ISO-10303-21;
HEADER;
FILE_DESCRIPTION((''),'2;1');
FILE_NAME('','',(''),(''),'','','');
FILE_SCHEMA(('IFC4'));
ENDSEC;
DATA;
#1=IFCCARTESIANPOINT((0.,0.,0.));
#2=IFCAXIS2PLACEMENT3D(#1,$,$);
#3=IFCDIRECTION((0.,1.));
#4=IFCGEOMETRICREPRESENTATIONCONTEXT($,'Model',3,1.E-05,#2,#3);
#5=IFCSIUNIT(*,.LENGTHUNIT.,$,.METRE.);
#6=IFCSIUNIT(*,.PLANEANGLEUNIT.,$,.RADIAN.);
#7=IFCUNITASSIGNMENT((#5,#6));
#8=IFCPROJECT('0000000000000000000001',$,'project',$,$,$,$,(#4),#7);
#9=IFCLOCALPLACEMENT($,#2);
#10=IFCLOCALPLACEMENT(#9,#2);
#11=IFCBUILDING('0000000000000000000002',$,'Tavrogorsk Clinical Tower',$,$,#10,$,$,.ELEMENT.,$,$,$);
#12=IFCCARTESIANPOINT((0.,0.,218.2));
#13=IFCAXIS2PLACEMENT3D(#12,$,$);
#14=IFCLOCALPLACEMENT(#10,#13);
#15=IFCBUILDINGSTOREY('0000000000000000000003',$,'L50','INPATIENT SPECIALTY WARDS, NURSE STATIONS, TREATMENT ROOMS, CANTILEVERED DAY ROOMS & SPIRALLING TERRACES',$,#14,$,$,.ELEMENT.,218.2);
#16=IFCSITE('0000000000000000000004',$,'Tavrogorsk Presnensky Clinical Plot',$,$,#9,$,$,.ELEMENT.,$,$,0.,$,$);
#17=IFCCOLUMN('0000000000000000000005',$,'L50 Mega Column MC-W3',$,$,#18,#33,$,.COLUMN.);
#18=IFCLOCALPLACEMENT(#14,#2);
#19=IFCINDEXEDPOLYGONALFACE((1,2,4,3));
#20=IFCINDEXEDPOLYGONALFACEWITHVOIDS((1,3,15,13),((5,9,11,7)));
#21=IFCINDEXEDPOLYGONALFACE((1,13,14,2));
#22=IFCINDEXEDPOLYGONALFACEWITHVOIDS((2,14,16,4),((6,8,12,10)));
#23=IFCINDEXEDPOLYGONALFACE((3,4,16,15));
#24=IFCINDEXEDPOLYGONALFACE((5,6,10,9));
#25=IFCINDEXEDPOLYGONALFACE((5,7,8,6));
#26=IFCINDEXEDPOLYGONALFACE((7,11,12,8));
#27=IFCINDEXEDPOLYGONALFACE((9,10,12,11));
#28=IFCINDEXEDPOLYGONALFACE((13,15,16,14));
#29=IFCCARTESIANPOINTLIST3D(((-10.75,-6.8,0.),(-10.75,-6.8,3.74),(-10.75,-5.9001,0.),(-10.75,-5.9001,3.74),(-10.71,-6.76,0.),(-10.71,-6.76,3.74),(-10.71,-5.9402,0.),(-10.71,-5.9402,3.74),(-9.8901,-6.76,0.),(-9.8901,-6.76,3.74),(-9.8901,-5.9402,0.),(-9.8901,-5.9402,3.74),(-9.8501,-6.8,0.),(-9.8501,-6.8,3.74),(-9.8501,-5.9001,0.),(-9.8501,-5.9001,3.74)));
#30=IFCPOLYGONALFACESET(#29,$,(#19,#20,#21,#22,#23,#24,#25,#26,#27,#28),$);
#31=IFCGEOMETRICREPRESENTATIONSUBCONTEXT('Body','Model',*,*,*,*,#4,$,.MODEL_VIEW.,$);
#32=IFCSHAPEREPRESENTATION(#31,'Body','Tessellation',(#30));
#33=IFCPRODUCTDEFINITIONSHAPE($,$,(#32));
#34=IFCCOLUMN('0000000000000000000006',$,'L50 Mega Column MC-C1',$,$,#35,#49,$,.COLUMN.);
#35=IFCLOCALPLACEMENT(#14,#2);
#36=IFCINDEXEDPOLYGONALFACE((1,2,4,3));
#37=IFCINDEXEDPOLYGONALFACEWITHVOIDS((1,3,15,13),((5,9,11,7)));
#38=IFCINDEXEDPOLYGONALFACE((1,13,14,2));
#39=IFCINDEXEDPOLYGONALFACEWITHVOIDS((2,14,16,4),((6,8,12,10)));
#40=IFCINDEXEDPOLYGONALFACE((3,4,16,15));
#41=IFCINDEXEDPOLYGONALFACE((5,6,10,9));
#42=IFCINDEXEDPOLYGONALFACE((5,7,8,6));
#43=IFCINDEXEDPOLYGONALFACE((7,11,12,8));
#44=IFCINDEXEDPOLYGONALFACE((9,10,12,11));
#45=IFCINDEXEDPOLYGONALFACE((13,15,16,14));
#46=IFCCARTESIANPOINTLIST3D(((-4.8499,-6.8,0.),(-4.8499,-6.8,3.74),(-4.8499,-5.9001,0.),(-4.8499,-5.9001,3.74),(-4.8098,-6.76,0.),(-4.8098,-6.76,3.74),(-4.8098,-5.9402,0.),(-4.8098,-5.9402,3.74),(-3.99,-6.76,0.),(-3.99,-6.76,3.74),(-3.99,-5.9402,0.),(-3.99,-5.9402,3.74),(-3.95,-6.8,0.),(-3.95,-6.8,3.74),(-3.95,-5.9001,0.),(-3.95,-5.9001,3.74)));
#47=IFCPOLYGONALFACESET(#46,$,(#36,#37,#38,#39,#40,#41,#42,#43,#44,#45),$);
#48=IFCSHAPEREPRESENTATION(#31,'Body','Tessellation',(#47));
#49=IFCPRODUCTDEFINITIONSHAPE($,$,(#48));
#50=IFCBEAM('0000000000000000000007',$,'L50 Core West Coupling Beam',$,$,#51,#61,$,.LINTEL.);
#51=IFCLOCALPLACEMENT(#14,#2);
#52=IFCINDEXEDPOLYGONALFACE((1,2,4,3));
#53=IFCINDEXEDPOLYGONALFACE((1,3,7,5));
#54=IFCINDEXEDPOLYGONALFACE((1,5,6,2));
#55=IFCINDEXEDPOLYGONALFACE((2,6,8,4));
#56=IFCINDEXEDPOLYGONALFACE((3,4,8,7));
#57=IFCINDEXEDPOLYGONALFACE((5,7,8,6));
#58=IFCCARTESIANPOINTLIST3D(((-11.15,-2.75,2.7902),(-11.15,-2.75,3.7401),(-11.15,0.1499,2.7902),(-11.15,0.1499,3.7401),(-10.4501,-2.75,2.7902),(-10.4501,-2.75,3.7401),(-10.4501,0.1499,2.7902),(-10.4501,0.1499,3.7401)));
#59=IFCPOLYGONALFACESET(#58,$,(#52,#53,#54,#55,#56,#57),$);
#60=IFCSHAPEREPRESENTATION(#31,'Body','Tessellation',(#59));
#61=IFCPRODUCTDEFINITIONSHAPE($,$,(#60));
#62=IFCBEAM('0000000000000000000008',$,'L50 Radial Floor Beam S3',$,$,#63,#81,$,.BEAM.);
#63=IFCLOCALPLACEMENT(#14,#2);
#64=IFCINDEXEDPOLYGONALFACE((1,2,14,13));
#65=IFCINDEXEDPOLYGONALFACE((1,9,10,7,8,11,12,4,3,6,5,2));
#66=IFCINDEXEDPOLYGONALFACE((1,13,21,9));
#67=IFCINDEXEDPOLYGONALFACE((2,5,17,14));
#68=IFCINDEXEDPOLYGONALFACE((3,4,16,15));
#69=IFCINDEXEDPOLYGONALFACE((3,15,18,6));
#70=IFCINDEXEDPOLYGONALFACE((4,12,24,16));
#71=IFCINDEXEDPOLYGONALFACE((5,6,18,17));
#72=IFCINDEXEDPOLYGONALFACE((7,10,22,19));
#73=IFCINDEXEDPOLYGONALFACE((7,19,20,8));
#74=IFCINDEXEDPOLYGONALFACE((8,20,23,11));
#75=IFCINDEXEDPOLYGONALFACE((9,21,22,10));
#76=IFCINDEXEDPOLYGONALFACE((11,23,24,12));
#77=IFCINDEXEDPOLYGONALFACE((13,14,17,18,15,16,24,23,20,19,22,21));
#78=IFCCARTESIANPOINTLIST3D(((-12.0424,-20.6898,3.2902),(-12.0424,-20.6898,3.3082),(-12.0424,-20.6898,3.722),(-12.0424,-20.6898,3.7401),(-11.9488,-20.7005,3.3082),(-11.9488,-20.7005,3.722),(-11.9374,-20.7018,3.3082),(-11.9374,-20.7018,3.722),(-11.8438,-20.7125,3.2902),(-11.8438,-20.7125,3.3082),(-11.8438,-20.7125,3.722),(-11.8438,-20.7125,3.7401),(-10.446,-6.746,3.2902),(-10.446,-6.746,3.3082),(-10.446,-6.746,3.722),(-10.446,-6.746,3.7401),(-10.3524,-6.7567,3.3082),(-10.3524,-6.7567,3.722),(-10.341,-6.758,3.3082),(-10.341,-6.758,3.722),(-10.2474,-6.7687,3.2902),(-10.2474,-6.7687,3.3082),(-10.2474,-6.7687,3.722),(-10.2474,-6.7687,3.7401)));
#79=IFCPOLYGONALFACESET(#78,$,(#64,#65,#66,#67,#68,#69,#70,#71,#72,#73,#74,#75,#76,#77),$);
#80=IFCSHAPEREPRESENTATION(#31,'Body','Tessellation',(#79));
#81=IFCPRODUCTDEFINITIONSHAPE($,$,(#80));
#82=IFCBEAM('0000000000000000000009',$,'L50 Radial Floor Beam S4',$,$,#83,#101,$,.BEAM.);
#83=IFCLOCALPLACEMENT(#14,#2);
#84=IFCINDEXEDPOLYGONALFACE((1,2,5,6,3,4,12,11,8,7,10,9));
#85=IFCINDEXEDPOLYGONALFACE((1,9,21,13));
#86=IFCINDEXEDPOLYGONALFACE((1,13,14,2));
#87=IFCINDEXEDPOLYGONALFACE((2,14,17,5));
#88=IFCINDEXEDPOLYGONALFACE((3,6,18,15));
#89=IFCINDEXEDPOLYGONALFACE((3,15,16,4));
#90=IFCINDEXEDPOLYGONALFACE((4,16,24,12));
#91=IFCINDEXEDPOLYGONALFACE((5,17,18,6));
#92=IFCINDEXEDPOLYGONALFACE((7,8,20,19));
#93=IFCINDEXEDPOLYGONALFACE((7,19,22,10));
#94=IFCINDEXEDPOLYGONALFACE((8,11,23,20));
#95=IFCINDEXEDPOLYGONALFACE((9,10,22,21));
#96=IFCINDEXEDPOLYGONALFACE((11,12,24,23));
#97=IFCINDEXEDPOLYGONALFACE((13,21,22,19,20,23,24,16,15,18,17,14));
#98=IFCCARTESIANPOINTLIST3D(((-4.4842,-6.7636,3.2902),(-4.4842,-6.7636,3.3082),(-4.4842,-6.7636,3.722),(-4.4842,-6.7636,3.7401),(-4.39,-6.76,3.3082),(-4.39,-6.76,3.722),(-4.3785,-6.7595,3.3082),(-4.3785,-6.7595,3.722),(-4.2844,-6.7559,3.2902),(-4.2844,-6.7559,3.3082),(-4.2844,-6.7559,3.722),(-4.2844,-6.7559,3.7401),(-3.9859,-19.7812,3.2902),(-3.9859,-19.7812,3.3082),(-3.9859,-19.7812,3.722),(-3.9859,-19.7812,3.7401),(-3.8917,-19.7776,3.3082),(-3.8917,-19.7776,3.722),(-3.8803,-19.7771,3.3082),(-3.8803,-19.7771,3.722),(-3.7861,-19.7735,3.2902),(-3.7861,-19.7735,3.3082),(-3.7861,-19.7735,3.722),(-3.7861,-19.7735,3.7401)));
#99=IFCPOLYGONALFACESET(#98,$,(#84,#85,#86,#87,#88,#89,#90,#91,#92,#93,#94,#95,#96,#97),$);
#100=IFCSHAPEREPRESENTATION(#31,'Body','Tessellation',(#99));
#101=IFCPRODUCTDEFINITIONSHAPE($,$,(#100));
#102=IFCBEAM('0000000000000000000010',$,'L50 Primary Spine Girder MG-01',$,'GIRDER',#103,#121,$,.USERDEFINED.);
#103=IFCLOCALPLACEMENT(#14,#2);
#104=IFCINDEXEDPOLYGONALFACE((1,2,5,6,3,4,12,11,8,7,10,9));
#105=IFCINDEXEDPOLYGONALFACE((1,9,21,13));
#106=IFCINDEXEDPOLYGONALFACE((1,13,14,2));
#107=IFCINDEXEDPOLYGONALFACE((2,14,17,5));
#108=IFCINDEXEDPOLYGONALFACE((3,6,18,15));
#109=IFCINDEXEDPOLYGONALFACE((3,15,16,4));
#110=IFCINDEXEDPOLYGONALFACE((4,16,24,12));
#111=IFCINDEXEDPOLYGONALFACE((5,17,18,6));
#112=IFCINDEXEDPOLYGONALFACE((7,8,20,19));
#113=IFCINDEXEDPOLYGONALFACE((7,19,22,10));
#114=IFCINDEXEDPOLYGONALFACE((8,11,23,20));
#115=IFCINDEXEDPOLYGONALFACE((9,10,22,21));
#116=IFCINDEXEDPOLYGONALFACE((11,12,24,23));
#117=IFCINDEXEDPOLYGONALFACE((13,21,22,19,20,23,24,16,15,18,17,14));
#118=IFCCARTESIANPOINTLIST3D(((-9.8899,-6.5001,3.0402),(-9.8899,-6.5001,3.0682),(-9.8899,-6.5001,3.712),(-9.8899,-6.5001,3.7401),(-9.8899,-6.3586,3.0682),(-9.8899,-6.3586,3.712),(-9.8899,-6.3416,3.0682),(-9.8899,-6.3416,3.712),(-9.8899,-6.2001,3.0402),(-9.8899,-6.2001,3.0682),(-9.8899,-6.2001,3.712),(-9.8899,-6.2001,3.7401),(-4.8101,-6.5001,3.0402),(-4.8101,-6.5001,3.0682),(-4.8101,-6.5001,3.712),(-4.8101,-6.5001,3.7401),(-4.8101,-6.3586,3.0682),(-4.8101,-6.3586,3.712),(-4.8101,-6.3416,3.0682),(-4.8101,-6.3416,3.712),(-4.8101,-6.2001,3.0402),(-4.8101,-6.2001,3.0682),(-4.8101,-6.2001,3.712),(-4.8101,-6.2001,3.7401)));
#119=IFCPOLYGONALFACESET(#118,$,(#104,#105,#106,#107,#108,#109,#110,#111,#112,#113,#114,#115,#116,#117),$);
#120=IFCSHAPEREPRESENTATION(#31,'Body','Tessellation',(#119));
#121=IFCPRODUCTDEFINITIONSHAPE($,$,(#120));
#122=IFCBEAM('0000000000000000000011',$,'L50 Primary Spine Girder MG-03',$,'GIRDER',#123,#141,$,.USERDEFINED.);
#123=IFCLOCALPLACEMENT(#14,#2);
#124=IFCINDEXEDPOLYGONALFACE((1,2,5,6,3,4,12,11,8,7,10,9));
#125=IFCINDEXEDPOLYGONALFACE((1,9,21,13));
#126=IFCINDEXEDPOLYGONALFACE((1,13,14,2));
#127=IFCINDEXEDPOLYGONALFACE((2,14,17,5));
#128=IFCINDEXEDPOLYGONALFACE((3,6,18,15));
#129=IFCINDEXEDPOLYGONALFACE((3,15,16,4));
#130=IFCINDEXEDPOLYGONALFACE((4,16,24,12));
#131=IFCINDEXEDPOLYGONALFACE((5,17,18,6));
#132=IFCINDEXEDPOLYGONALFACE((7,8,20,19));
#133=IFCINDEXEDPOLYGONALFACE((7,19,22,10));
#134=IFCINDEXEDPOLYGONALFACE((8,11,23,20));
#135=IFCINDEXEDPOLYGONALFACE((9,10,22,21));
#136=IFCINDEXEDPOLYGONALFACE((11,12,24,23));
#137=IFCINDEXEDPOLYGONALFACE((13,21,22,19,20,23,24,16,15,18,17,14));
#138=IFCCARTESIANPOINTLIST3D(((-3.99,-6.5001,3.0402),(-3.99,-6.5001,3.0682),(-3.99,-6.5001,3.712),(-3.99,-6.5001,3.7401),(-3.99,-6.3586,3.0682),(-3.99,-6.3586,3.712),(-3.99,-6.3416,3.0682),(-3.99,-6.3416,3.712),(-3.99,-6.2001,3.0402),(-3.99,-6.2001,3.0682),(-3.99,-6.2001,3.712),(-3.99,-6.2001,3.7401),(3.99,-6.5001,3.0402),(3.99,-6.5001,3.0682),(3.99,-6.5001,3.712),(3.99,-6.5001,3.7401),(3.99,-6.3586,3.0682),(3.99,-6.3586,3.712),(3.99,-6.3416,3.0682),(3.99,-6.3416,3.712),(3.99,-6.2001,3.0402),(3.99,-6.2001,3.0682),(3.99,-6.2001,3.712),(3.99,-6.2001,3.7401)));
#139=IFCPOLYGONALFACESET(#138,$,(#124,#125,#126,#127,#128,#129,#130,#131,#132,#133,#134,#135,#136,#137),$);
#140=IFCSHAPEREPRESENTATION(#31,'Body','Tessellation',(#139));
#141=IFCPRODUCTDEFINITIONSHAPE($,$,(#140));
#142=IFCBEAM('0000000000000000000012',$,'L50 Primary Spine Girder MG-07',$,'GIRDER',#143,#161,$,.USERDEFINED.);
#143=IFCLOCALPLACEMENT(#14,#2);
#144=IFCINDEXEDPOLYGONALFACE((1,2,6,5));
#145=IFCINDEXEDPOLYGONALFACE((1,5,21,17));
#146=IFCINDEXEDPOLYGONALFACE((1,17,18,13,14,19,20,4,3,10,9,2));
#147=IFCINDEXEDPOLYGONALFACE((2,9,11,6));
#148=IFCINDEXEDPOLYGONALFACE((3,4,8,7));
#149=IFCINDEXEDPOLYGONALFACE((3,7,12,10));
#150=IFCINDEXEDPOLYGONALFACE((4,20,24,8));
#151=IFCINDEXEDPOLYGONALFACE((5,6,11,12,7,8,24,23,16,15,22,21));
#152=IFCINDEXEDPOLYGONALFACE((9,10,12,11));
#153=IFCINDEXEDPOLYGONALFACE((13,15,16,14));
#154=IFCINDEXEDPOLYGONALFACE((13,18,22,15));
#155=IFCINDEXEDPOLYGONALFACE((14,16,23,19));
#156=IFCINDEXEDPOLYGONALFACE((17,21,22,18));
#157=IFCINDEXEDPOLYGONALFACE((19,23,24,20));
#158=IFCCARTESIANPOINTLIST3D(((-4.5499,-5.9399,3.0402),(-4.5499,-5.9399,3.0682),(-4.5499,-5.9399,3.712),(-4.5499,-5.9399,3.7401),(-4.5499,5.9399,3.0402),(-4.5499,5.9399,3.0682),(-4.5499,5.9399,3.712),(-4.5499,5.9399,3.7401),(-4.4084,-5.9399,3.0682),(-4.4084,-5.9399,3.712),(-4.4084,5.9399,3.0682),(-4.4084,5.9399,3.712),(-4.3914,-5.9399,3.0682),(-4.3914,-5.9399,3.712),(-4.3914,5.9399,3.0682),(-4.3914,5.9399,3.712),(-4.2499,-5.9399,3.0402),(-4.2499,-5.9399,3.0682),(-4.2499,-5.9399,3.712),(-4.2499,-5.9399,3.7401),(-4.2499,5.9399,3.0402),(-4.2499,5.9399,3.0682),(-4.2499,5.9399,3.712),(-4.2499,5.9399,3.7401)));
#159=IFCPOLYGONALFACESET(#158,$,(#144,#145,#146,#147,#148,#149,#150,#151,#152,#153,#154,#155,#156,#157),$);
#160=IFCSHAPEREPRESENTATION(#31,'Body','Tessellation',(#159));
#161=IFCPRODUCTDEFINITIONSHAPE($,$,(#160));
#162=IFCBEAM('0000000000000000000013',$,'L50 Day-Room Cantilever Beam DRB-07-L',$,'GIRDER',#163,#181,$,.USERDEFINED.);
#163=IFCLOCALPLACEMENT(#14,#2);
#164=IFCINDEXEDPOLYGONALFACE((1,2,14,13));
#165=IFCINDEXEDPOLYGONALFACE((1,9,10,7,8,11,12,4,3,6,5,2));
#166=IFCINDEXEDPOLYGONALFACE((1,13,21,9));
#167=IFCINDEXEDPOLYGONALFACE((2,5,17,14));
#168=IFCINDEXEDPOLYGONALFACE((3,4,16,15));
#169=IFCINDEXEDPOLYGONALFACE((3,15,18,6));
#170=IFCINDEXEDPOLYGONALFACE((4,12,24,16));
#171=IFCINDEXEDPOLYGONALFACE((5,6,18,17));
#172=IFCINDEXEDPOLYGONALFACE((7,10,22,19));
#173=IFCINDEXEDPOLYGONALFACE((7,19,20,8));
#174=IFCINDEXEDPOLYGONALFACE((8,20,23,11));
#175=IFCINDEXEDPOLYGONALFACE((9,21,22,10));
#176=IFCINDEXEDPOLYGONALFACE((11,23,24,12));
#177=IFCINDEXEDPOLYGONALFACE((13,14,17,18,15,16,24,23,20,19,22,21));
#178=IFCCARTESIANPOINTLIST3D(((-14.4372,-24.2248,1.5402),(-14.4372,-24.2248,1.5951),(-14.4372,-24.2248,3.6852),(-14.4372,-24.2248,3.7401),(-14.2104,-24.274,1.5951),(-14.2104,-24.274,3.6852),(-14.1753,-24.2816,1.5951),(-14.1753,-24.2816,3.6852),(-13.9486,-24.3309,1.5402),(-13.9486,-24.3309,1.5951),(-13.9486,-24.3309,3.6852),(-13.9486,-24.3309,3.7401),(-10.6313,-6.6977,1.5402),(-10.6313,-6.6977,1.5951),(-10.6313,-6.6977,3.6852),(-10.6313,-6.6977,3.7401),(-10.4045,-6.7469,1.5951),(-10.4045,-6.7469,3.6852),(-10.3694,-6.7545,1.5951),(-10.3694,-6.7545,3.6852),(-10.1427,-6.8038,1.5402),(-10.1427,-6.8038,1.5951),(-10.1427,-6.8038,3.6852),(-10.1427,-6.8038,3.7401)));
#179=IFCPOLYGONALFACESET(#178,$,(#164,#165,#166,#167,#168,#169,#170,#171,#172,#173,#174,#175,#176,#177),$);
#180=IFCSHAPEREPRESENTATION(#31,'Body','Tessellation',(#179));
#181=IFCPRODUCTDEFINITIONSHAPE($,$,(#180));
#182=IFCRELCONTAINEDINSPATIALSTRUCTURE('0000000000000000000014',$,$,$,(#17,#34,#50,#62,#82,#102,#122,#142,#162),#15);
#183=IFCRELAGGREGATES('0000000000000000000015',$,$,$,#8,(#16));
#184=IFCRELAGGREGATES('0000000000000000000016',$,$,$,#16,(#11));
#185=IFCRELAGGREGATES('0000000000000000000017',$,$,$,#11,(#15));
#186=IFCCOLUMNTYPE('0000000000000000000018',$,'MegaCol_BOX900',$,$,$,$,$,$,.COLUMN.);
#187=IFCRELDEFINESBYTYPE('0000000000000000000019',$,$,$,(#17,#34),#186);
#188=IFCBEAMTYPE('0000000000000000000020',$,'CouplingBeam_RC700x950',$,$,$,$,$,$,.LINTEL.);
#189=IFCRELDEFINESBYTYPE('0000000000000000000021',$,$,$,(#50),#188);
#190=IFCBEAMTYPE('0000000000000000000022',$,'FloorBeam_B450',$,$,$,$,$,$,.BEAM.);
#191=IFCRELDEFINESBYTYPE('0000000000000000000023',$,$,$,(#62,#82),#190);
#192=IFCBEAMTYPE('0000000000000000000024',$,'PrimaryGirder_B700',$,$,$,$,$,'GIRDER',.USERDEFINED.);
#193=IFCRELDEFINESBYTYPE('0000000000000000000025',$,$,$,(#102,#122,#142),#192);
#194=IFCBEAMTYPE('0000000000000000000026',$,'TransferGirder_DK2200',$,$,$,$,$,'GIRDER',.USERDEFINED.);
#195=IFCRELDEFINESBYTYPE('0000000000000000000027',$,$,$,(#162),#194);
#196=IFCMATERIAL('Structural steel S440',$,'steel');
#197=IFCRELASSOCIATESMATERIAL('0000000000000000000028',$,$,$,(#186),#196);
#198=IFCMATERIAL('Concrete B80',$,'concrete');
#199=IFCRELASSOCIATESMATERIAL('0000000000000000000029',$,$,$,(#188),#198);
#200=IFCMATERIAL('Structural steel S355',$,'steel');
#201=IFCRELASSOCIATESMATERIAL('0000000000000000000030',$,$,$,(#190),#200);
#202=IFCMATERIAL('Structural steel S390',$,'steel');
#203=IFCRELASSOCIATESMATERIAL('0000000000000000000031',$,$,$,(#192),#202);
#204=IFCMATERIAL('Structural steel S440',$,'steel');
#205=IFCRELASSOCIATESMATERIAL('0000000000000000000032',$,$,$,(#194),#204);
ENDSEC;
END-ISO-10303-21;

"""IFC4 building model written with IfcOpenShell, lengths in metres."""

from ifc_helpers import new_model, si_unit, direction, frame, origin, origin_2d, place, context, subcontext, project, spatial, rectangle, hollow_rectangle, i_section, extrude, material, material_profile, profile_set, type_object, element, save


model = new_model("IFC4")

# Units and contexts
model_context = context("Model", 3, precision=1e-05, world=origin(), true_north=direction((0.0, 1.0)))
body_context = subcontext(model_context, "Body", "Model", "MODEL_VIEW")
ifc_project = project(units=[si_unit("LENGTHUNIT", "METRE"), si_unit("PLANEANGLEUNIT", "RADIAN")], contexts=[model_context])

# Site, building, storey
site_placement = place(None, origin())
site = spatial("IfcSite", under=ifc_project, at=site_placement, Name="Tavrogorsk Presnensky Clinical Plot", CompositionType="ELEMENT", RefElevation=0.0)
building_placement = place(site_placement, origin())
building = spatial("IfcBuilding", under=site, at=building_placement, Name="Tavrogorsk Clinical Tower", CompositionType="ELEMENT")
storey_placement = place(building_placement, frame((0.0, 0.0, 218.2)))
storey = spatial("IfcBuildingStorey", under=building, at=storey_placement, Name="L50", Description="INPATIENT SPECIALTY WARDS, NURSE STATIONS, TREATMENT ROOMS, CANTILEVERED DAY ROOMS & SPIRALLING TERRACES", CompositionType="ELEMENT", Elevation=218.2)

# Columns
ifc_material_1 = material(Name="Structural steel S440", Category="steel")
ifc_material_profile_1 = material_profile(ifc_material_1, hollow_rectangle(XDim=0.8999, YDim=0.8999, WallThickness=0.04, at=origin_2d()), Name="BOX-900x900x40")
ifc_profile_set_1 = profile_set([ifc_material_profile_1], Name="Structural steel S440")
column_type = type_object("IfcColumnType", Name="MegaCol_BOX900", PredefinedType="COLUMN", material=ifc_profile_set_1)
for number, where, z_axis, x_axis, name in (
    (1, (-10.3, -6.3501, 0.0), (0.0, 0.0, 1.0), (1.0, 0.0, 0.0), "L50 Mega Column MC-W3"),
    (2, (-4.3999, -6.3501, 0.0), (0.0, 0.0, 1.0), (1.0, 0.0, 0.0), "L50 Mega Column MC-C1"),
):
    element("IfcColumn", number, at=place(storey_placement, frame(where, z_axis=z_axis, x_axis=x_axis)), inside=storey, type_object=column_type, Name=name, PredefinedType="COLUMN", context=body_context, shape_type="SweptSolid", body=[
        extrude(hollow_rectangle(XDim=0.8999, YDim=0.8999, WallThickness=0.04, at=origin_2d()), origin(), (0.0, 0.0, 1.0), 3.74),
    ])

# Beams
ifc_material_2 = material(Name="Concrete B80", Category="concrete")
ifc_material_profile_2 = material_profile(ifc_material_2, rectangle(XDim=0.7, YDim=0.95, at=origin_2d()), Name="RC-CB-700x950")
ifc_profile_set_2 = profile_set([ifc_material_profile_2], Name="Concrete B80")
beam_type_1 = type_object("IfcBeamType", Name="CouplingBeam_RC700x950", PredefinedType="LINTEL", material=ifc_profile_set_2)
beam_1_placement = place(storey_placement, frame((-10.8, -2.75, 3.2651), z_axis=(0.0, 1.0, 0.0), x_axis=(-1.0, 0.0, 0.0)))
element("IfcBeam", 3, at=beam_1_placement, inside=storey, type_object=beam_type_1, Name="L50 Core West Coupling Beam", PredefinedType="LINTEL", context=body_context, shape_type="SweptSolid", body=[
    extrude(rectangle(XDim=0.7, YDim=0.95, at=origin_2d()), origin(), (0.0, 0.0, 1.0), 2.8999),
])
ifc_material_3 = material(Name="Structural steel S355", Category="steel")
ifc_material_profile_3 = material_profile(ifc_material_3, i_section(OverallWidth=0.2, OverallDepth=0.45, WebThickness=0.0115, FlangeThickness=0.0181, at=origin_2d()), Name="B-450x200x11.5x18")
ifc_profile_set_3 = profile_set([ifc_material_profile_3], Name="Structural steel S355")
beam_type_2 = type_object("IfcBeamType", Name="FloorBeam_B450", PredefinedType="BEAM", material=ifc_profile_set_3)
beam_2_placement = place(storey_placement, frame((-10.3467, -6.7573, 3.5151), z_axis=(-0.113747, -0.99351, 0.0), x_axis=(0.99351, -0.113747, 0.0)))
element("IfcBeam", 4, at=beam_2_placement, inside=storey, type_object=beam_type_2, Name="L50 Radial Floor Beam S3", PredefinedType="BEAM", context=body_context, shape_type="SweptSolid", body=[
    extrude(i_section(OverallWidth=0.2, OverallDepth=0.45, WebThickness=0.0115, FlangeThickness=0.0181, at=origin_2d()), origin(), (0.0, 0.0, 1.0), 14.0349),
])
beam_3_placement = place(storey_placement, frame((-4.3843, -6.7598, 3.5151), z_axis=(0.03825, -0.999268, 0.0), x_axis=(0.999268, 0.03825, 0.0)))
element("IfcBeam", 5, at=beam_3_placement, inside=storey, type_object=beam_type_2, Name="L50 Radial Floor Beam S4", PredefinedType="BEAM", context=body_context, shape_type="SweptSolid", body=[
    extrude(i_section(OverallWidth=0.2, OverallDepth=0.45, WebThickness=0.0115, FlangeThickness=0.0181, at=origin_2d()), origin(), (0.0, 0.0, 1.0), 13.0271),
])
ifc_material_4 = material(Name="Structural steel S390", Category="steel")
ifc_material_profile_4 = material_profile(ifc_material_4, i_section(OverallWidth=0.3, OverallDepth=0.7, WebThickness=0.0171, FlangeThickness=0.0281, at=origin_2d()), Name="B-700x300x17x28")
ifc_profile_set_4 = profile_set([ifc_material_profile_4], Name="Structural steel S390")
beam_type_3 = type_object("IfcBeamType", Name="PrimaryGirder_B700", ElementType="GIRDER", PredefinedType="USERDEFINED", material=ifc_profile_set_4)
beam_4_placement = place(storey_placement, frame((-9.8899, -6.3501, 3.3901), z_axis=(1.0, 0.0, 0.0), x_axis=(0.0, 1.0, 0.0)))
element("IfcBeam", 6, at=beam_4_placement, inside=storey, type_object=beam_type_3, Name="L50 Primary Spine Girder MG-01", ObjectType="GIRDER", PredefinedType="USERDEFINED", context=body_context, shape_type="SweptSolid", body=[
    extrude(i_section(OverallWidth=0.3, OverallDepth=0.7, WebThickness=0.0171, FlangeThickness=0.0281, at=origin_2d()), origin(), (0.0, 0.0, 1.0), 5.0798),
])
beam_5_placement = place(storey_placement, frame((-3.99, -6.3501, 3.3901), z_axis=(1.0, 0.0, 0.0), x_axis=(0.0, 1.0, 0.0)))
element("IfcBeam", 7, at=beam_5_placement, inside=storey, type_object=beam_type_3, Name="L50 Primary Spine Girder MG-03", ObjectType="GIRDER", PredefinedType="USERDEFINED", context=body_context, shape_type="SweptSolid", body=[
    extrude(i_section(OverallWidth=0.3, OverallDepth=0.7, WebThickness=0.0171, FlangeThickness=0.0281, at=origin_2d()), origin(), (0.0, 0.0, 1.0), 7.98),
])
beam_6_placement = place(storey_placement, frame((-4.3999, -5.9399, 3.3901), z_axis=(0.0, 1.0, 0.0), x_axis=(-1.0, 0.0, 0.0)))
element("IfcBeam", 8, at=beam_6_placement, inside=storey, type_object=beam_type_3, Name="L50 Primary Spine Girder MG-07", ObjectType="GIRDER", PredefinedType="USERDEFINED", context=body_context, shape_type="SweptSolid", body=[
    extrude(i_section(OverallWidth=0.3, OverallDepth=0.7, WebThickness=0.0171, FlangeThickness=0.0281, at=origin_2d()), origin(), (0.0, 0.0, 1.0), 11.8799),
])
ifc_material_5 = material(Name="Structural steel S440", Category="steel")
ifc_material_profile_5 = material_profile(ifc_material_5, i_section(OverallWidth=0.5, OverallDepth=2.2, WebThickness=0.0359, FlangeThickness=0.0549, at=origin_2d()), Name="DK-2200x500x36x55")
ifc_profile_set_5 = profile_set([ifc_material_profile_5], Name="Structural steel S440")
beam_type_4 = type_object("IfcBeamType", Name="TransferGirder_DK2200", ElementType="GIRDER", PredefinedType="USERDEFINED", material=ifc_profile_set_5)
beam_7_placement = place(storey_placement, frame((-10.387, -6.7507, 2.6401), z_axis=(-0.212199, -0.977226, 0.0), x_axis=(0.977226, -0.212199, 0.0)))
element("IfcBeam", 9, at=beam_7_placement, inside=storey, type_object=beam_type_4, Name="L50 Day-Room Cantilever Beam DRB-07-L", ObjectType="GIRDER", PredefinedType="USERDEFINED", context=body_context, shape_type="SweptSolid", body=[
    extrude(i_section(OverallWidth=0.5, OverallDepth=2.2, WebThickness=0.0359, FlangeThickness=0.0549, at=origin_2d()), origin(), (0.0, 0.0, 1.0), 17.9355),
])

save(model, "model.ifc")
